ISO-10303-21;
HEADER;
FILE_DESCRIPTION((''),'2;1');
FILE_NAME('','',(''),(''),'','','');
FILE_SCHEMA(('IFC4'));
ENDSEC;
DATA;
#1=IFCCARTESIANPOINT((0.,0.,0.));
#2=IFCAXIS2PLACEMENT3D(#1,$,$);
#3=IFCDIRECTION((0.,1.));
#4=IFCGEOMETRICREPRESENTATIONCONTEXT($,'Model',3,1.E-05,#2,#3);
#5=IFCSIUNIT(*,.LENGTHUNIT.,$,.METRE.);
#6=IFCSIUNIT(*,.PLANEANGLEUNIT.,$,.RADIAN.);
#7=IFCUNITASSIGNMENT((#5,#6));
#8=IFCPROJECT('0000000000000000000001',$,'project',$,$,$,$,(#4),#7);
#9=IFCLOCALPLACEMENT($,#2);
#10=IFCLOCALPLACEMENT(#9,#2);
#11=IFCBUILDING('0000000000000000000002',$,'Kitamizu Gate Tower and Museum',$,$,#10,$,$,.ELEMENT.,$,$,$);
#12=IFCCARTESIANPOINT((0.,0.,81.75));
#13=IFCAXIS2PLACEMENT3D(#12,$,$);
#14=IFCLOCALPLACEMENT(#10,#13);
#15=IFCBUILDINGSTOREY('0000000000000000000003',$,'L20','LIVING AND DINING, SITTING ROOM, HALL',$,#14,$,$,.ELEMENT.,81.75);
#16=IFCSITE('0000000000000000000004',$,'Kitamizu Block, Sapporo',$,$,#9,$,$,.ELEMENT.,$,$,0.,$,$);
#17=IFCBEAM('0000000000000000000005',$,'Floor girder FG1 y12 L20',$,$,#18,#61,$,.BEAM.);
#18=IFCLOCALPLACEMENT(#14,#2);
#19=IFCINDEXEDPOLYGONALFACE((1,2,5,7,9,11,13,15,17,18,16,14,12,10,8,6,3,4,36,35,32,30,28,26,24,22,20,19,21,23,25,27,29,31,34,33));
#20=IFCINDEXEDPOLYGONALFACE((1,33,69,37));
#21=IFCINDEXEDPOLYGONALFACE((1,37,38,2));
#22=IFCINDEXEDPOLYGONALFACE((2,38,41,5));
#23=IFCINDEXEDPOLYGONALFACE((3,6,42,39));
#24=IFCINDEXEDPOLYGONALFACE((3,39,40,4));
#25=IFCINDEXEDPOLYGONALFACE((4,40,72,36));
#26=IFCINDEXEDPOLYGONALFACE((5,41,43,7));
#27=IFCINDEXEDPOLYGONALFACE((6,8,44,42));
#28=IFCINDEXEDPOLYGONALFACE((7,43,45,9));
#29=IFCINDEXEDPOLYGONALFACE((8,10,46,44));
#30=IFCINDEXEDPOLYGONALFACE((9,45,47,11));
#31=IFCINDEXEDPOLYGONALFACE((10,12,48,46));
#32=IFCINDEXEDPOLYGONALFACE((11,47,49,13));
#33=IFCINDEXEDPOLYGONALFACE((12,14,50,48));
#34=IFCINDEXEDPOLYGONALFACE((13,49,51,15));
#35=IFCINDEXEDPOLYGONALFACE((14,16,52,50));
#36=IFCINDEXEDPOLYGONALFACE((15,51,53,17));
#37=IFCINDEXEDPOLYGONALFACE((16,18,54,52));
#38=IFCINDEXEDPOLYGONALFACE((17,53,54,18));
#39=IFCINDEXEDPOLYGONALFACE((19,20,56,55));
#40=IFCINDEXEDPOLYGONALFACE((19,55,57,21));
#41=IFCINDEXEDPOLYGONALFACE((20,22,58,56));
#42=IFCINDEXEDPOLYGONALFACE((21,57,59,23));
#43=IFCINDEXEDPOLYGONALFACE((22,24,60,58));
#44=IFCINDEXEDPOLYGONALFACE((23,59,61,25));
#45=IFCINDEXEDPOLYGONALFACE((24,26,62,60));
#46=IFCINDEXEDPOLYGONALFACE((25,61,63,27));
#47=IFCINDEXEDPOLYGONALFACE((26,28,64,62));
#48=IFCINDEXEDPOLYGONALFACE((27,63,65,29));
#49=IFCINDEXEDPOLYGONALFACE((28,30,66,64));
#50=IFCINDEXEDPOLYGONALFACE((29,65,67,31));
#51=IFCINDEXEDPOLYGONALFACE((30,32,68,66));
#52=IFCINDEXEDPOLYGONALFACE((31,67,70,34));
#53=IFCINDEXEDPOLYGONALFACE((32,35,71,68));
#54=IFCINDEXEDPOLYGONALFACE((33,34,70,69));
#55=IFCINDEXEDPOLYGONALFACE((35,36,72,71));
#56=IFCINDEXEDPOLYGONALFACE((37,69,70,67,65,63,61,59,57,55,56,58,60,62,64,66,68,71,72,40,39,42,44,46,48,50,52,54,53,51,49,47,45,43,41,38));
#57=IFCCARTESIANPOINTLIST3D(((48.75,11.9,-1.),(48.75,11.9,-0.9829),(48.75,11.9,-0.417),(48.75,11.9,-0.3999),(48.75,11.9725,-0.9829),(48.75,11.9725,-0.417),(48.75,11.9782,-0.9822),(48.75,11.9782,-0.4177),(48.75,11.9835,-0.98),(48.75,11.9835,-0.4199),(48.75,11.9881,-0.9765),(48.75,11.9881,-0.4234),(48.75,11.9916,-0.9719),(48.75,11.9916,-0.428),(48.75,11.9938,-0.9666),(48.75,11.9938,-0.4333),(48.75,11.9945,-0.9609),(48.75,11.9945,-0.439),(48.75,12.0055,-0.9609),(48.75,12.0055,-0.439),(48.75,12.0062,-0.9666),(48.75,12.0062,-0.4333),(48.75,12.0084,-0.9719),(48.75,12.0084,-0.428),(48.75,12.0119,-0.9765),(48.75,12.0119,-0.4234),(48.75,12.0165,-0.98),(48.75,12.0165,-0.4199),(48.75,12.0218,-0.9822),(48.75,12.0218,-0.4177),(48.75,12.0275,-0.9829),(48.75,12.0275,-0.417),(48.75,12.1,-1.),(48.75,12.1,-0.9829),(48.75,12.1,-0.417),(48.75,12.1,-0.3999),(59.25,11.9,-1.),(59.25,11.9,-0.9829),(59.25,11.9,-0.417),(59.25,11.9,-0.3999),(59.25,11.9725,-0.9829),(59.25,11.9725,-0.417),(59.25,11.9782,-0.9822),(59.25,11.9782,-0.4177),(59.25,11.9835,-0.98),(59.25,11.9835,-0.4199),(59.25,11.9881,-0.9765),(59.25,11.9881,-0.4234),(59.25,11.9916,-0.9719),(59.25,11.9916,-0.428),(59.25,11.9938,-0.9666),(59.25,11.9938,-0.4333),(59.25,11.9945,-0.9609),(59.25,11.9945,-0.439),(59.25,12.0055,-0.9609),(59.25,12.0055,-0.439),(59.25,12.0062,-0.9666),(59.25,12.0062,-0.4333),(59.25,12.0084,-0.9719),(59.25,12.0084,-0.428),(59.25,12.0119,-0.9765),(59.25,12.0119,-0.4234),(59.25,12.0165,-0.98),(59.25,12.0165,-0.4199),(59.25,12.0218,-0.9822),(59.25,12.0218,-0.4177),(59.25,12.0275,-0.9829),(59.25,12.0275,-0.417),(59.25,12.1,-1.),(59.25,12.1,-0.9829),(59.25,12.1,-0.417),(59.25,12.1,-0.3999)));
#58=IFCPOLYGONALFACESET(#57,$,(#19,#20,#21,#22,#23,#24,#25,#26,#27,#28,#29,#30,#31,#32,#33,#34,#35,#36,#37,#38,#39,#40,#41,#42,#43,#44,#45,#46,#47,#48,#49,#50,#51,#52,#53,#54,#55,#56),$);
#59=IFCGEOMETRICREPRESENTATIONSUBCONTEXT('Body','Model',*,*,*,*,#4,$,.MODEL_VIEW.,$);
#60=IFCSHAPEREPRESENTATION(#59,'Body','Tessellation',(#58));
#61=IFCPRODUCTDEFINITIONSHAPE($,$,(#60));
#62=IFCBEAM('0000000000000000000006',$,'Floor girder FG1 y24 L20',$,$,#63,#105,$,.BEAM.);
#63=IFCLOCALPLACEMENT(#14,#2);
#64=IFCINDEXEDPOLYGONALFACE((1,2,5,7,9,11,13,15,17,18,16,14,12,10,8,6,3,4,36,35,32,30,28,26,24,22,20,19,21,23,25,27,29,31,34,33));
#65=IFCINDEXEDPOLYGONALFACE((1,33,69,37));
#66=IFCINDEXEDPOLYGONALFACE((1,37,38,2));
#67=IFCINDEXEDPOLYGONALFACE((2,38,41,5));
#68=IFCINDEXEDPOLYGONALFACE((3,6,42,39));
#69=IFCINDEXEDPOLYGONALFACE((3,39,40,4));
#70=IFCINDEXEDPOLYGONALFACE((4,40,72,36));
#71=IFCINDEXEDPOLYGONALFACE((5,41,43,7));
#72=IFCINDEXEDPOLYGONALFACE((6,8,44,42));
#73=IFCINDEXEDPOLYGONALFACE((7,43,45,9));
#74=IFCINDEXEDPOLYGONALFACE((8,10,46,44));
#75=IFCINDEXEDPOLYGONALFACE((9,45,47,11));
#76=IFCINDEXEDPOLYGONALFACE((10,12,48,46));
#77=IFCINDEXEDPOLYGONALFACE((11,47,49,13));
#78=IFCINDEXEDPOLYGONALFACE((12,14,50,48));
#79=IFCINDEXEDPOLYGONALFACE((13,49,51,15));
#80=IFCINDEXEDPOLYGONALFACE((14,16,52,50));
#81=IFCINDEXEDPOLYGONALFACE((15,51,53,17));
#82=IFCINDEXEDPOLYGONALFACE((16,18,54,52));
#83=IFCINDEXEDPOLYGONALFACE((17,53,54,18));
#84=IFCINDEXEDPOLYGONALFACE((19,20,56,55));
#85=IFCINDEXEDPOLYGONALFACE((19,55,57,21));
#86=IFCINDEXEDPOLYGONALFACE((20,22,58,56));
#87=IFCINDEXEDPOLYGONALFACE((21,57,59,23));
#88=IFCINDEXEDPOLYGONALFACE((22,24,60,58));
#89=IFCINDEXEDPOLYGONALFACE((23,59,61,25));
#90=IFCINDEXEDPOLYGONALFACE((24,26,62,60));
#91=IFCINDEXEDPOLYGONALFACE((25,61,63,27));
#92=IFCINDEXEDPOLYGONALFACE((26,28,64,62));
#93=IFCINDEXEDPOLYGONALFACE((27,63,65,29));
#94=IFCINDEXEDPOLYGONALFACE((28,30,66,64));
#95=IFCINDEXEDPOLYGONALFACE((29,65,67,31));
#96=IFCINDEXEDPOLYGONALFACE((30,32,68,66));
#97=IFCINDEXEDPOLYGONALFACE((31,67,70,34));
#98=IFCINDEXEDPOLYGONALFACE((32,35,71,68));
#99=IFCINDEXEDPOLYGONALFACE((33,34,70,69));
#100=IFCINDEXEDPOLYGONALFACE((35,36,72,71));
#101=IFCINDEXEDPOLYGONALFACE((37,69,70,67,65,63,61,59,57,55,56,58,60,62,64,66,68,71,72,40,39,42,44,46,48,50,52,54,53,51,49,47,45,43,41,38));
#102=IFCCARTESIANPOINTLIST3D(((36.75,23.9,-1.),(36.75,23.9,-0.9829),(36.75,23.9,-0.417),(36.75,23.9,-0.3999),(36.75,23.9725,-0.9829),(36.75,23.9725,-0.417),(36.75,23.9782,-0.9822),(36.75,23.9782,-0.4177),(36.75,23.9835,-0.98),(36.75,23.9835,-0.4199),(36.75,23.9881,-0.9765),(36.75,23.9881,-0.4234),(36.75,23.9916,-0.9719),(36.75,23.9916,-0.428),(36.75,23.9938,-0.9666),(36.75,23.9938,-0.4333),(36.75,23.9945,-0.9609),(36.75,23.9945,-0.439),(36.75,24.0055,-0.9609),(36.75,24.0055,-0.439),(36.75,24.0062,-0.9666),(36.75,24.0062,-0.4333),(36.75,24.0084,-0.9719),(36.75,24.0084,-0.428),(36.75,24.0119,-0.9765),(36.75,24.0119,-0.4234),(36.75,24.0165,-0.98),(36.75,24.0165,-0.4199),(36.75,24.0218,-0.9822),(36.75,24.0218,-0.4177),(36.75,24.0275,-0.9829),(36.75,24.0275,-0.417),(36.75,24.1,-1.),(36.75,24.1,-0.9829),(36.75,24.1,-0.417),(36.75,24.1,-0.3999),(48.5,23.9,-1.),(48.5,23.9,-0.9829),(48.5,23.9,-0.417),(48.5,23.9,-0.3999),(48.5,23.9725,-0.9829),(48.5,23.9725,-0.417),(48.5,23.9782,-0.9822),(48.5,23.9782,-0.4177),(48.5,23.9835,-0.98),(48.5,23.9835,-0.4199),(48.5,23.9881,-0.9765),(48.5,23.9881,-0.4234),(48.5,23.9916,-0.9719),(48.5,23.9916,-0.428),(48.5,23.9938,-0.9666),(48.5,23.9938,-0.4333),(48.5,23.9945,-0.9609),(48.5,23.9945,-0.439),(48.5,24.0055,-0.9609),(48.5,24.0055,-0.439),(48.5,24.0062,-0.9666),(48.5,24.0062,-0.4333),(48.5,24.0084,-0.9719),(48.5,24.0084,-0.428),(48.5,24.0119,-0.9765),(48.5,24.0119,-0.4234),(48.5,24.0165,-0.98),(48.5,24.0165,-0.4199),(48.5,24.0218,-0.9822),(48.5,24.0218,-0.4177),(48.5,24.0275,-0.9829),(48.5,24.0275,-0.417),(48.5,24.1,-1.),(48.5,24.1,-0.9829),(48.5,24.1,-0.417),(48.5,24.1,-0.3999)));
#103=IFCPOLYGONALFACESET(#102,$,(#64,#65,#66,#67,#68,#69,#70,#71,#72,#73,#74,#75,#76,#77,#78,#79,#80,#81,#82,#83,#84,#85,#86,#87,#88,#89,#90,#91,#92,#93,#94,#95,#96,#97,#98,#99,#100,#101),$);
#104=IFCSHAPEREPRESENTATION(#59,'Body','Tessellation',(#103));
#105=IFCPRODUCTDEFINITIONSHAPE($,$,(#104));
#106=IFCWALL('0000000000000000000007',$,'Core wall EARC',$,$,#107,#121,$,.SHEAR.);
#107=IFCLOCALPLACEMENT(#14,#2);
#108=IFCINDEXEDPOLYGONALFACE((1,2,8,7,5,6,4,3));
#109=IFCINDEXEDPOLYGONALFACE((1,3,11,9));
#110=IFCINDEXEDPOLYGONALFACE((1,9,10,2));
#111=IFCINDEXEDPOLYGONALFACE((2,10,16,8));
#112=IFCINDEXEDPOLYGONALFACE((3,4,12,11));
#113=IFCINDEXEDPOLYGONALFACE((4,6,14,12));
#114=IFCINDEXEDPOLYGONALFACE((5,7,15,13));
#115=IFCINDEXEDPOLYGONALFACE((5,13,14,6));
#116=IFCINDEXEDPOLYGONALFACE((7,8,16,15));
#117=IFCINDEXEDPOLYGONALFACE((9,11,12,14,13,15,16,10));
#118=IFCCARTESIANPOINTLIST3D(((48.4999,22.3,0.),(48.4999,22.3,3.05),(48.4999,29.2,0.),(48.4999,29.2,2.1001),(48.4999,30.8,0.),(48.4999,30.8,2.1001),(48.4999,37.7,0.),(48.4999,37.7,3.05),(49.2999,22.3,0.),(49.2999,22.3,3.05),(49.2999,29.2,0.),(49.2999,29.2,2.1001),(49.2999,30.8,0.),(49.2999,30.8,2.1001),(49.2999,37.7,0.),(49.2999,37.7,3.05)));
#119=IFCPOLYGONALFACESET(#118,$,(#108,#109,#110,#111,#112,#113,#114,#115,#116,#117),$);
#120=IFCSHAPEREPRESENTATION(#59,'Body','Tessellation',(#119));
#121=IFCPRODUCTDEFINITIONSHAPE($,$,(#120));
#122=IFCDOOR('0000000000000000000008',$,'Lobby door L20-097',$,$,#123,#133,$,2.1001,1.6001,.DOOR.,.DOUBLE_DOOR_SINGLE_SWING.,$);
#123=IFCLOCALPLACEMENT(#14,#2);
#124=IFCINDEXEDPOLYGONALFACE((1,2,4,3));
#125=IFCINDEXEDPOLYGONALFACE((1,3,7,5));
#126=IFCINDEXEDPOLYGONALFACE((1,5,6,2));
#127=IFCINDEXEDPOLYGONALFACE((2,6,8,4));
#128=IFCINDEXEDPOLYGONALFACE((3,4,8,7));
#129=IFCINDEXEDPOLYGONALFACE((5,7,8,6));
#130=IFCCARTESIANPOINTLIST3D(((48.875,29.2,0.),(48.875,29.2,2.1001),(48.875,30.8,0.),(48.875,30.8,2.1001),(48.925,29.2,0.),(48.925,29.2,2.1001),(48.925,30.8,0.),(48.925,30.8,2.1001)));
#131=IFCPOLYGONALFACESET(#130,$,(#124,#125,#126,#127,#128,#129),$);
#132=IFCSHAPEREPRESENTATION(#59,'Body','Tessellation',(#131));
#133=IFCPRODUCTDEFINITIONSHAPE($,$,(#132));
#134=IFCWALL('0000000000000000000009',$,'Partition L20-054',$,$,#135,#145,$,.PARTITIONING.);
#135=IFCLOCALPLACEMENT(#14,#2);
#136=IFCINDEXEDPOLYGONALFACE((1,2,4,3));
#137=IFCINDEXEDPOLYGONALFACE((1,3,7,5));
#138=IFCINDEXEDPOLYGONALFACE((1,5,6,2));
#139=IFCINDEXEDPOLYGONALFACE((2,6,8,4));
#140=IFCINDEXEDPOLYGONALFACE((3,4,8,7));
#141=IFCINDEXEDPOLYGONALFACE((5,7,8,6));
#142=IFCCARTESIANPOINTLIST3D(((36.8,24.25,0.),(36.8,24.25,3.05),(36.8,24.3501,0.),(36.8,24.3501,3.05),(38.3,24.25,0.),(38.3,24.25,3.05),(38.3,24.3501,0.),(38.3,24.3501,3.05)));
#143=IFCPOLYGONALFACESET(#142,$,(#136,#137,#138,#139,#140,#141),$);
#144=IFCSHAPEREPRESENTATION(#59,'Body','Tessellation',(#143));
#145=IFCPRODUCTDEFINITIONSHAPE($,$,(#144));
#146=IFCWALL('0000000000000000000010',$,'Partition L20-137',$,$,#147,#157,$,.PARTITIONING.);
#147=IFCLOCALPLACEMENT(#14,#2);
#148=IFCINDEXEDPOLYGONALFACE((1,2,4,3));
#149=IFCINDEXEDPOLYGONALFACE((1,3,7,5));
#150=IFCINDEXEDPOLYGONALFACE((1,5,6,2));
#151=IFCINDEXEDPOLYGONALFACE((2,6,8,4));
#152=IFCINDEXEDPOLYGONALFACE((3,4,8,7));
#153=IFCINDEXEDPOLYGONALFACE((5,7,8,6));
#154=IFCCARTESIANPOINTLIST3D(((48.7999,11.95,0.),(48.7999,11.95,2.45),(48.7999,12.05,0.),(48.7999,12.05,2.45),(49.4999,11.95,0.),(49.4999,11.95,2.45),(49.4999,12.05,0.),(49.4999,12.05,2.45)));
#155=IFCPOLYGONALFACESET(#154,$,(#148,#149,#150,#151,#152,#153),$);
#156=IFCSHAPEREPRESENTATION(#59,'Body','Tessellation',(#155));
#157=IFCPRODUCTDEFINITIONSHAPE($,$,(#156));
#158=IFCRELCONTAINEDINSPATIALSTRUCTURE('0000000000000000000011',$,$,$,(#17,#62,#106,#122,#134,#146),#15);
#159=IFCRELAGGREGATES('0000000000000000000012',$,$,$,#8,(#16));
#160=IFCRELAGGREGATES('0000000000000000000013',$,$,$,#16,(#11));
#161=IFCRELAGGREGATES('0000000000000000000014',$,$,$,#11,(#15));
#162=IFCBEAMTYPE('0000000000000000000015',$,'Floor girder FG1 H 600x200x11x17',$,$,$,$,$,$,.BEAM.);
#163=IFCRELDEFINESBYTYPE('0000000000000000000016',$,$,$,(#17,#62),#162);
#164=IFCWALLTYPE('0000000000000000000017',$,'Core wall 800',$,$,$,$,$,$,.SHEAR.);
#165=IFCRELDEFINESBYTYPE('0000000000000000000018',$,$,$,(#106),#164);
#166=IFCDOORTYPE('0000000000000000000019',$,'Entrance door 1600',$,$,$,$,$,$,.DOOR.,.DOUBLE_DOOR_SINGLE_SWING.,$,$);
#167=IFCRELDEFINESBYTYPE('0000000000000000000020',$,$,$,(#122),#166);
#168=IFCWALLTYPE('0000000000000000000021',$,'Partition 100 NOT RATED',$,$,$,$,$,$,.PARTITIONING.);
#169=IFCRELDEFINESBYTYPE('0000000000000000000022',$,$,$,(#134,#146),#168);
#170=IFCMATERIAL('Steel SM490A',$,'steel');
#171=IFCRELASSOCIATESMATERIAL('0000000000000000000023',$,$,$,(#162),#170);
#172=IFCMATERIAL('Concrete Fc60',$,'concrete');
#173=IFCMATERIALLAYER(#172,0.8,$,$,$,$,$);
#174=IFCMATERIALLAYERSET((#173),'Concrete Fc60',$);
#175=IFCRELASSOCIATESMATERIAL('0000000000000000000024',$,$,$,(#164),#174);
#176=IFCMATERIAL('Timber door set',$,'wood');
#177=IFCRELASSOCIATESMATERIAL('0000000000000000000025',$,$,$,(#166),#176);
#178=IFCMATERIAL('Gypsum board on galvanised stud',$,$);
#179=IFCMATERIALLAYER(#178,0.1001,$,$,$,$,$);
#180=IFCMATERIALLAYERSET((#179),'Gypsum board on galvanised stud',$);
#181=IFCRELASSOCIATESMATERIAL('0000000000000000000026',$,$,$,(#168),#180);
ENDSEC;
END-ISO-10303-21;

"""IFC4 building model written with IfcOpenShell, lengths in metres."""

from ifc_helpers import new_model, si_unit, direction, frame, frame_2d, origin, origin_2d, place, context, subcontext, project, spatial, rectangle, i_section, extrude, material, layer, layer_set, material_profile, profile_set, type_object, element, fill, save


model = new_model("IFC4")

# Units and contexts
model_context = context("Model", 3, precision=1e-05, world=origin(), true_north=direction((0.0, 1.0)))
body_context = subcontext(model_context, "Body", "Model", "MODEL_VIEW")
ifc_project = project(units=[si_unit("LENGTHUNIT", "METRE"), si_unit("PLANEANGLEUNIT", "RADIAN")], contexts=[model_context])

# Site, building, storey
site_placement = place(None, origin())
site = spatial("IfcSite", under=ifc_project, at=site_placement, Name="Kitamizu Block, Sapporo", CompositionType="ELEMENT", RefElevation=0.0)
building_placement = place(site_placement, origin())
building = spatial("IfcBuilding", under=site, at=building_placement, Name="Kitamizu Gate Tower and Museum", CompositionType="ELEMENT")
storey_placement = place(building_placement, frame((0.0, 0.0, 81.75)))
storey = spatial("IfcBuildingStorey", under=building, at=storey_placement, Name="L20", Description="LIVING AND DINING, SITTING ROOM, HALL", CompositionType="ELEMENT", Elevation=81.75)

# Beams
ifc_material_1 = material(Name="Steel SM490A", Category="steel")
ifc_material_profile_1 = material_profile(ifc_material_1, i_section(OverallWidth=0.2, OverallDepth=0.6001, WebThickness=0.011, FlangeThickness=0.0171, FilletRadius=0.022, at=origin_2d()), Name="H-600x200x11x17")
ifc_profile_set_1 = profile_set([ifc_material_profile_1], Name="Steel SM490A")
beam_type_1 = type_object("IfcBeamType", Name="Floor girder FG1 H 600x200x11x17", PredefinedType="BEAM", material=ifc_profile_set_1)
for number, where, z_axis, x_axis, name in (
    (1, (48.75, 12.0, -0.7), (1.0, 0.0, 0.0), (0.0, 1.0, 0.0), "Floor girder FG1 y12 L20"),
):
    element("IfcBeam", number, at=place(storey_placement, frame(where, z_axis=z_axis, x_axis=x_axis)), inside=storey, type_object=beam_type_1, Name=name, PredefinedType="BEAM", context=body_context, shape_type="SweptSolid", body=[
        extrude(i_section(OverallWidth=0.2, OverallDepth=0.6001, WebThickness=0.011, FlangeThickness=0.0171, FilletRadius=0.022, at=origin_2d()), origin(), (0.0, 0.0, 1.0), 10.5),
    ])
beam_placement = place(storey_placement, frame((36.75, 24.0, -0.7), z_axis=(1.0, 0.0, 0.0), x_axis=(0.0, 1.0, 0.0)))
element("IfcBeam", 2, at=beam_placement, inside=storey, type_object=beam_type_1, Name="Floor girder FG1 y24 L20", PredefinedType="BEAM", context=body_context, shape_type="SweptSolid", body=[
    extrude(i_section(OverallWidth=0.2, OverallDepth=0.6001, WebThickness=0.011, FlangeThickness=0.0171, FilletRadius=0.022, at=origin_2d()), origin(), (0.0, 0.0, 1.0), 11.75),
])

# Wall, opening, door
ifc_material_2 = material(Name="Concrete Fc60", Category="concrete")
ifc_layer_1 = layer(ifc_material_2, 0.8)
ifc_layer_set_1 = layer_set([ifc_layer_1], Name="Concrete Fc60")
wall_type_1 = type_object("IfcWallType", Name="Core wall 800", PredefinedType="SHEAR", material=ifc_layer_set_1)
wall_1_placement = place(storey_placement, frame((48.8999, 22.3, 0.0), z_axis=(0.0, 0.0, 1.0), x_axis=(0.0, 1.0, 0.0)))
wall_1 = element("IfcWall", 3, at=wall_1_placement, inside=storey, type_object=wall_type_1, Name="Core wall EARC", PredefinedType="SHEAR", context=body_context, shape_type="SweptSolid", body=[
    extrude(rectangle(XDim=15.3999, YDim=0.8, at=frame_2d((7.7, 0.0))), origin(), (0.0, 0.0, 1.0), 3.05),
])
opening_1_placement = place(wall_1_placement, frame((6.8999, 0.0, 0.0)))
opening_1 = element("IfcOpeningElement", 4, at=opening_1_placement, cuts=wall_1, PredefinedType="OPENING", context=body_context, shape_type="SweptSolid", body=[
    extrude(rectangle(XDim=1.6001, YDim=2.1001, at=frame_2d((0.8, 1.05))), frame((0.0, 0.4102, 0.0), z_axis=(0.0, -1.0, 0.0), x_axis=(1.0, 0.0, 0.0)), (0.0, 0.0, 1.0), 0.8201),
])
ifc_material_3 = material(Name="Timber door set", Category="wood")
door_type_1 = type_object("IfcDoorType", Name="Entrance door 1600", OperationType="DOUBLE_DOOR_SINGLE_SWING", PredefinedType="DOOR", material=ifc_material_3)
door_1_placement = place(opening_1_placement, origin())
door_1 = element("IfcDoor", 5, at=door_1_placement, inside=storey, type_object=door_type_1, Name="Lobby door L20-097", OperationType="DOUBLE_DOOR_SINGLE_SWING", OverallHeight=2.1001, OverallWidth=1.6001, PredefinedType="DOOR", context=body_context, shape_type="SweptSolid", body=[
    extrude(rectangle(XDim=1.6001, YDim=2.1001, at=frame_2d((0.8, 1.05))), frame((0.0, 0.0249, 0.0), z_axis=(0.0, -1.0, 0.0), x_axis=(1.0, 0.0, 0.0)), (0.0, 0.0, 1.0), 0.05),
])
fill(opening_1, door_1)

# Walls
ifc_material_4 = material(Name="Gypsum board on galvanised stud")
ifc_layer_2 = layer(ifc_material_4, 0.1001)
ifc_layer_set_2 = layer_set([ifc_layer_2], Name="Gypsum board on galvanised stud")
wall_type_2 = type_object("IfcWallType", Name="Partition 100 NOT RATED", PredefinedType="PARTITIONING", material=ifc_layer_set_2)
wall_2_placement = place(storey_placement, frame((38.3, 24.3, 0.0), z_axis=(0.0, 0.0, 1.0), x_axis=(-1.0, 0.0, 0.0)))
element("IfcWall", 6, at=wall_2_placement, inside=storey, type_object=wall_type_2, Name="Partition L20-054", PredefinedType="PARTITIONING", context=body_context, shape_type="SweptSolid", body=[
    extrude(rectangle(XDim=1.5, YDim=0.1001, at=frame_2d((0.75, 0.0))), origin(), (0.0, 0.0, 1.0), 3.05),
])
wall_3_placement = place(storey_placement, frame((49.5, 12.0, 0.0), z_axis=(0.0, 0.0, 1.0), x_axis=(-1.0, 0.0, 0.0)))
element("IfcWall", 7, at=wall_3_placement, inside=storey, type_object=wall_type_2, Name="Partition L20-137", PredefinedType="PARTITIONING", context=body_context, shape_type="SweptSolid", body=[
    extrude(rectangle(XDim=0.7, YDim=0.1001, at=frame_2d((0.3501, 0.0))), origin(), (0.0, 0.0, 1.0), 2.45),
])

save(model, "model.ifc")
